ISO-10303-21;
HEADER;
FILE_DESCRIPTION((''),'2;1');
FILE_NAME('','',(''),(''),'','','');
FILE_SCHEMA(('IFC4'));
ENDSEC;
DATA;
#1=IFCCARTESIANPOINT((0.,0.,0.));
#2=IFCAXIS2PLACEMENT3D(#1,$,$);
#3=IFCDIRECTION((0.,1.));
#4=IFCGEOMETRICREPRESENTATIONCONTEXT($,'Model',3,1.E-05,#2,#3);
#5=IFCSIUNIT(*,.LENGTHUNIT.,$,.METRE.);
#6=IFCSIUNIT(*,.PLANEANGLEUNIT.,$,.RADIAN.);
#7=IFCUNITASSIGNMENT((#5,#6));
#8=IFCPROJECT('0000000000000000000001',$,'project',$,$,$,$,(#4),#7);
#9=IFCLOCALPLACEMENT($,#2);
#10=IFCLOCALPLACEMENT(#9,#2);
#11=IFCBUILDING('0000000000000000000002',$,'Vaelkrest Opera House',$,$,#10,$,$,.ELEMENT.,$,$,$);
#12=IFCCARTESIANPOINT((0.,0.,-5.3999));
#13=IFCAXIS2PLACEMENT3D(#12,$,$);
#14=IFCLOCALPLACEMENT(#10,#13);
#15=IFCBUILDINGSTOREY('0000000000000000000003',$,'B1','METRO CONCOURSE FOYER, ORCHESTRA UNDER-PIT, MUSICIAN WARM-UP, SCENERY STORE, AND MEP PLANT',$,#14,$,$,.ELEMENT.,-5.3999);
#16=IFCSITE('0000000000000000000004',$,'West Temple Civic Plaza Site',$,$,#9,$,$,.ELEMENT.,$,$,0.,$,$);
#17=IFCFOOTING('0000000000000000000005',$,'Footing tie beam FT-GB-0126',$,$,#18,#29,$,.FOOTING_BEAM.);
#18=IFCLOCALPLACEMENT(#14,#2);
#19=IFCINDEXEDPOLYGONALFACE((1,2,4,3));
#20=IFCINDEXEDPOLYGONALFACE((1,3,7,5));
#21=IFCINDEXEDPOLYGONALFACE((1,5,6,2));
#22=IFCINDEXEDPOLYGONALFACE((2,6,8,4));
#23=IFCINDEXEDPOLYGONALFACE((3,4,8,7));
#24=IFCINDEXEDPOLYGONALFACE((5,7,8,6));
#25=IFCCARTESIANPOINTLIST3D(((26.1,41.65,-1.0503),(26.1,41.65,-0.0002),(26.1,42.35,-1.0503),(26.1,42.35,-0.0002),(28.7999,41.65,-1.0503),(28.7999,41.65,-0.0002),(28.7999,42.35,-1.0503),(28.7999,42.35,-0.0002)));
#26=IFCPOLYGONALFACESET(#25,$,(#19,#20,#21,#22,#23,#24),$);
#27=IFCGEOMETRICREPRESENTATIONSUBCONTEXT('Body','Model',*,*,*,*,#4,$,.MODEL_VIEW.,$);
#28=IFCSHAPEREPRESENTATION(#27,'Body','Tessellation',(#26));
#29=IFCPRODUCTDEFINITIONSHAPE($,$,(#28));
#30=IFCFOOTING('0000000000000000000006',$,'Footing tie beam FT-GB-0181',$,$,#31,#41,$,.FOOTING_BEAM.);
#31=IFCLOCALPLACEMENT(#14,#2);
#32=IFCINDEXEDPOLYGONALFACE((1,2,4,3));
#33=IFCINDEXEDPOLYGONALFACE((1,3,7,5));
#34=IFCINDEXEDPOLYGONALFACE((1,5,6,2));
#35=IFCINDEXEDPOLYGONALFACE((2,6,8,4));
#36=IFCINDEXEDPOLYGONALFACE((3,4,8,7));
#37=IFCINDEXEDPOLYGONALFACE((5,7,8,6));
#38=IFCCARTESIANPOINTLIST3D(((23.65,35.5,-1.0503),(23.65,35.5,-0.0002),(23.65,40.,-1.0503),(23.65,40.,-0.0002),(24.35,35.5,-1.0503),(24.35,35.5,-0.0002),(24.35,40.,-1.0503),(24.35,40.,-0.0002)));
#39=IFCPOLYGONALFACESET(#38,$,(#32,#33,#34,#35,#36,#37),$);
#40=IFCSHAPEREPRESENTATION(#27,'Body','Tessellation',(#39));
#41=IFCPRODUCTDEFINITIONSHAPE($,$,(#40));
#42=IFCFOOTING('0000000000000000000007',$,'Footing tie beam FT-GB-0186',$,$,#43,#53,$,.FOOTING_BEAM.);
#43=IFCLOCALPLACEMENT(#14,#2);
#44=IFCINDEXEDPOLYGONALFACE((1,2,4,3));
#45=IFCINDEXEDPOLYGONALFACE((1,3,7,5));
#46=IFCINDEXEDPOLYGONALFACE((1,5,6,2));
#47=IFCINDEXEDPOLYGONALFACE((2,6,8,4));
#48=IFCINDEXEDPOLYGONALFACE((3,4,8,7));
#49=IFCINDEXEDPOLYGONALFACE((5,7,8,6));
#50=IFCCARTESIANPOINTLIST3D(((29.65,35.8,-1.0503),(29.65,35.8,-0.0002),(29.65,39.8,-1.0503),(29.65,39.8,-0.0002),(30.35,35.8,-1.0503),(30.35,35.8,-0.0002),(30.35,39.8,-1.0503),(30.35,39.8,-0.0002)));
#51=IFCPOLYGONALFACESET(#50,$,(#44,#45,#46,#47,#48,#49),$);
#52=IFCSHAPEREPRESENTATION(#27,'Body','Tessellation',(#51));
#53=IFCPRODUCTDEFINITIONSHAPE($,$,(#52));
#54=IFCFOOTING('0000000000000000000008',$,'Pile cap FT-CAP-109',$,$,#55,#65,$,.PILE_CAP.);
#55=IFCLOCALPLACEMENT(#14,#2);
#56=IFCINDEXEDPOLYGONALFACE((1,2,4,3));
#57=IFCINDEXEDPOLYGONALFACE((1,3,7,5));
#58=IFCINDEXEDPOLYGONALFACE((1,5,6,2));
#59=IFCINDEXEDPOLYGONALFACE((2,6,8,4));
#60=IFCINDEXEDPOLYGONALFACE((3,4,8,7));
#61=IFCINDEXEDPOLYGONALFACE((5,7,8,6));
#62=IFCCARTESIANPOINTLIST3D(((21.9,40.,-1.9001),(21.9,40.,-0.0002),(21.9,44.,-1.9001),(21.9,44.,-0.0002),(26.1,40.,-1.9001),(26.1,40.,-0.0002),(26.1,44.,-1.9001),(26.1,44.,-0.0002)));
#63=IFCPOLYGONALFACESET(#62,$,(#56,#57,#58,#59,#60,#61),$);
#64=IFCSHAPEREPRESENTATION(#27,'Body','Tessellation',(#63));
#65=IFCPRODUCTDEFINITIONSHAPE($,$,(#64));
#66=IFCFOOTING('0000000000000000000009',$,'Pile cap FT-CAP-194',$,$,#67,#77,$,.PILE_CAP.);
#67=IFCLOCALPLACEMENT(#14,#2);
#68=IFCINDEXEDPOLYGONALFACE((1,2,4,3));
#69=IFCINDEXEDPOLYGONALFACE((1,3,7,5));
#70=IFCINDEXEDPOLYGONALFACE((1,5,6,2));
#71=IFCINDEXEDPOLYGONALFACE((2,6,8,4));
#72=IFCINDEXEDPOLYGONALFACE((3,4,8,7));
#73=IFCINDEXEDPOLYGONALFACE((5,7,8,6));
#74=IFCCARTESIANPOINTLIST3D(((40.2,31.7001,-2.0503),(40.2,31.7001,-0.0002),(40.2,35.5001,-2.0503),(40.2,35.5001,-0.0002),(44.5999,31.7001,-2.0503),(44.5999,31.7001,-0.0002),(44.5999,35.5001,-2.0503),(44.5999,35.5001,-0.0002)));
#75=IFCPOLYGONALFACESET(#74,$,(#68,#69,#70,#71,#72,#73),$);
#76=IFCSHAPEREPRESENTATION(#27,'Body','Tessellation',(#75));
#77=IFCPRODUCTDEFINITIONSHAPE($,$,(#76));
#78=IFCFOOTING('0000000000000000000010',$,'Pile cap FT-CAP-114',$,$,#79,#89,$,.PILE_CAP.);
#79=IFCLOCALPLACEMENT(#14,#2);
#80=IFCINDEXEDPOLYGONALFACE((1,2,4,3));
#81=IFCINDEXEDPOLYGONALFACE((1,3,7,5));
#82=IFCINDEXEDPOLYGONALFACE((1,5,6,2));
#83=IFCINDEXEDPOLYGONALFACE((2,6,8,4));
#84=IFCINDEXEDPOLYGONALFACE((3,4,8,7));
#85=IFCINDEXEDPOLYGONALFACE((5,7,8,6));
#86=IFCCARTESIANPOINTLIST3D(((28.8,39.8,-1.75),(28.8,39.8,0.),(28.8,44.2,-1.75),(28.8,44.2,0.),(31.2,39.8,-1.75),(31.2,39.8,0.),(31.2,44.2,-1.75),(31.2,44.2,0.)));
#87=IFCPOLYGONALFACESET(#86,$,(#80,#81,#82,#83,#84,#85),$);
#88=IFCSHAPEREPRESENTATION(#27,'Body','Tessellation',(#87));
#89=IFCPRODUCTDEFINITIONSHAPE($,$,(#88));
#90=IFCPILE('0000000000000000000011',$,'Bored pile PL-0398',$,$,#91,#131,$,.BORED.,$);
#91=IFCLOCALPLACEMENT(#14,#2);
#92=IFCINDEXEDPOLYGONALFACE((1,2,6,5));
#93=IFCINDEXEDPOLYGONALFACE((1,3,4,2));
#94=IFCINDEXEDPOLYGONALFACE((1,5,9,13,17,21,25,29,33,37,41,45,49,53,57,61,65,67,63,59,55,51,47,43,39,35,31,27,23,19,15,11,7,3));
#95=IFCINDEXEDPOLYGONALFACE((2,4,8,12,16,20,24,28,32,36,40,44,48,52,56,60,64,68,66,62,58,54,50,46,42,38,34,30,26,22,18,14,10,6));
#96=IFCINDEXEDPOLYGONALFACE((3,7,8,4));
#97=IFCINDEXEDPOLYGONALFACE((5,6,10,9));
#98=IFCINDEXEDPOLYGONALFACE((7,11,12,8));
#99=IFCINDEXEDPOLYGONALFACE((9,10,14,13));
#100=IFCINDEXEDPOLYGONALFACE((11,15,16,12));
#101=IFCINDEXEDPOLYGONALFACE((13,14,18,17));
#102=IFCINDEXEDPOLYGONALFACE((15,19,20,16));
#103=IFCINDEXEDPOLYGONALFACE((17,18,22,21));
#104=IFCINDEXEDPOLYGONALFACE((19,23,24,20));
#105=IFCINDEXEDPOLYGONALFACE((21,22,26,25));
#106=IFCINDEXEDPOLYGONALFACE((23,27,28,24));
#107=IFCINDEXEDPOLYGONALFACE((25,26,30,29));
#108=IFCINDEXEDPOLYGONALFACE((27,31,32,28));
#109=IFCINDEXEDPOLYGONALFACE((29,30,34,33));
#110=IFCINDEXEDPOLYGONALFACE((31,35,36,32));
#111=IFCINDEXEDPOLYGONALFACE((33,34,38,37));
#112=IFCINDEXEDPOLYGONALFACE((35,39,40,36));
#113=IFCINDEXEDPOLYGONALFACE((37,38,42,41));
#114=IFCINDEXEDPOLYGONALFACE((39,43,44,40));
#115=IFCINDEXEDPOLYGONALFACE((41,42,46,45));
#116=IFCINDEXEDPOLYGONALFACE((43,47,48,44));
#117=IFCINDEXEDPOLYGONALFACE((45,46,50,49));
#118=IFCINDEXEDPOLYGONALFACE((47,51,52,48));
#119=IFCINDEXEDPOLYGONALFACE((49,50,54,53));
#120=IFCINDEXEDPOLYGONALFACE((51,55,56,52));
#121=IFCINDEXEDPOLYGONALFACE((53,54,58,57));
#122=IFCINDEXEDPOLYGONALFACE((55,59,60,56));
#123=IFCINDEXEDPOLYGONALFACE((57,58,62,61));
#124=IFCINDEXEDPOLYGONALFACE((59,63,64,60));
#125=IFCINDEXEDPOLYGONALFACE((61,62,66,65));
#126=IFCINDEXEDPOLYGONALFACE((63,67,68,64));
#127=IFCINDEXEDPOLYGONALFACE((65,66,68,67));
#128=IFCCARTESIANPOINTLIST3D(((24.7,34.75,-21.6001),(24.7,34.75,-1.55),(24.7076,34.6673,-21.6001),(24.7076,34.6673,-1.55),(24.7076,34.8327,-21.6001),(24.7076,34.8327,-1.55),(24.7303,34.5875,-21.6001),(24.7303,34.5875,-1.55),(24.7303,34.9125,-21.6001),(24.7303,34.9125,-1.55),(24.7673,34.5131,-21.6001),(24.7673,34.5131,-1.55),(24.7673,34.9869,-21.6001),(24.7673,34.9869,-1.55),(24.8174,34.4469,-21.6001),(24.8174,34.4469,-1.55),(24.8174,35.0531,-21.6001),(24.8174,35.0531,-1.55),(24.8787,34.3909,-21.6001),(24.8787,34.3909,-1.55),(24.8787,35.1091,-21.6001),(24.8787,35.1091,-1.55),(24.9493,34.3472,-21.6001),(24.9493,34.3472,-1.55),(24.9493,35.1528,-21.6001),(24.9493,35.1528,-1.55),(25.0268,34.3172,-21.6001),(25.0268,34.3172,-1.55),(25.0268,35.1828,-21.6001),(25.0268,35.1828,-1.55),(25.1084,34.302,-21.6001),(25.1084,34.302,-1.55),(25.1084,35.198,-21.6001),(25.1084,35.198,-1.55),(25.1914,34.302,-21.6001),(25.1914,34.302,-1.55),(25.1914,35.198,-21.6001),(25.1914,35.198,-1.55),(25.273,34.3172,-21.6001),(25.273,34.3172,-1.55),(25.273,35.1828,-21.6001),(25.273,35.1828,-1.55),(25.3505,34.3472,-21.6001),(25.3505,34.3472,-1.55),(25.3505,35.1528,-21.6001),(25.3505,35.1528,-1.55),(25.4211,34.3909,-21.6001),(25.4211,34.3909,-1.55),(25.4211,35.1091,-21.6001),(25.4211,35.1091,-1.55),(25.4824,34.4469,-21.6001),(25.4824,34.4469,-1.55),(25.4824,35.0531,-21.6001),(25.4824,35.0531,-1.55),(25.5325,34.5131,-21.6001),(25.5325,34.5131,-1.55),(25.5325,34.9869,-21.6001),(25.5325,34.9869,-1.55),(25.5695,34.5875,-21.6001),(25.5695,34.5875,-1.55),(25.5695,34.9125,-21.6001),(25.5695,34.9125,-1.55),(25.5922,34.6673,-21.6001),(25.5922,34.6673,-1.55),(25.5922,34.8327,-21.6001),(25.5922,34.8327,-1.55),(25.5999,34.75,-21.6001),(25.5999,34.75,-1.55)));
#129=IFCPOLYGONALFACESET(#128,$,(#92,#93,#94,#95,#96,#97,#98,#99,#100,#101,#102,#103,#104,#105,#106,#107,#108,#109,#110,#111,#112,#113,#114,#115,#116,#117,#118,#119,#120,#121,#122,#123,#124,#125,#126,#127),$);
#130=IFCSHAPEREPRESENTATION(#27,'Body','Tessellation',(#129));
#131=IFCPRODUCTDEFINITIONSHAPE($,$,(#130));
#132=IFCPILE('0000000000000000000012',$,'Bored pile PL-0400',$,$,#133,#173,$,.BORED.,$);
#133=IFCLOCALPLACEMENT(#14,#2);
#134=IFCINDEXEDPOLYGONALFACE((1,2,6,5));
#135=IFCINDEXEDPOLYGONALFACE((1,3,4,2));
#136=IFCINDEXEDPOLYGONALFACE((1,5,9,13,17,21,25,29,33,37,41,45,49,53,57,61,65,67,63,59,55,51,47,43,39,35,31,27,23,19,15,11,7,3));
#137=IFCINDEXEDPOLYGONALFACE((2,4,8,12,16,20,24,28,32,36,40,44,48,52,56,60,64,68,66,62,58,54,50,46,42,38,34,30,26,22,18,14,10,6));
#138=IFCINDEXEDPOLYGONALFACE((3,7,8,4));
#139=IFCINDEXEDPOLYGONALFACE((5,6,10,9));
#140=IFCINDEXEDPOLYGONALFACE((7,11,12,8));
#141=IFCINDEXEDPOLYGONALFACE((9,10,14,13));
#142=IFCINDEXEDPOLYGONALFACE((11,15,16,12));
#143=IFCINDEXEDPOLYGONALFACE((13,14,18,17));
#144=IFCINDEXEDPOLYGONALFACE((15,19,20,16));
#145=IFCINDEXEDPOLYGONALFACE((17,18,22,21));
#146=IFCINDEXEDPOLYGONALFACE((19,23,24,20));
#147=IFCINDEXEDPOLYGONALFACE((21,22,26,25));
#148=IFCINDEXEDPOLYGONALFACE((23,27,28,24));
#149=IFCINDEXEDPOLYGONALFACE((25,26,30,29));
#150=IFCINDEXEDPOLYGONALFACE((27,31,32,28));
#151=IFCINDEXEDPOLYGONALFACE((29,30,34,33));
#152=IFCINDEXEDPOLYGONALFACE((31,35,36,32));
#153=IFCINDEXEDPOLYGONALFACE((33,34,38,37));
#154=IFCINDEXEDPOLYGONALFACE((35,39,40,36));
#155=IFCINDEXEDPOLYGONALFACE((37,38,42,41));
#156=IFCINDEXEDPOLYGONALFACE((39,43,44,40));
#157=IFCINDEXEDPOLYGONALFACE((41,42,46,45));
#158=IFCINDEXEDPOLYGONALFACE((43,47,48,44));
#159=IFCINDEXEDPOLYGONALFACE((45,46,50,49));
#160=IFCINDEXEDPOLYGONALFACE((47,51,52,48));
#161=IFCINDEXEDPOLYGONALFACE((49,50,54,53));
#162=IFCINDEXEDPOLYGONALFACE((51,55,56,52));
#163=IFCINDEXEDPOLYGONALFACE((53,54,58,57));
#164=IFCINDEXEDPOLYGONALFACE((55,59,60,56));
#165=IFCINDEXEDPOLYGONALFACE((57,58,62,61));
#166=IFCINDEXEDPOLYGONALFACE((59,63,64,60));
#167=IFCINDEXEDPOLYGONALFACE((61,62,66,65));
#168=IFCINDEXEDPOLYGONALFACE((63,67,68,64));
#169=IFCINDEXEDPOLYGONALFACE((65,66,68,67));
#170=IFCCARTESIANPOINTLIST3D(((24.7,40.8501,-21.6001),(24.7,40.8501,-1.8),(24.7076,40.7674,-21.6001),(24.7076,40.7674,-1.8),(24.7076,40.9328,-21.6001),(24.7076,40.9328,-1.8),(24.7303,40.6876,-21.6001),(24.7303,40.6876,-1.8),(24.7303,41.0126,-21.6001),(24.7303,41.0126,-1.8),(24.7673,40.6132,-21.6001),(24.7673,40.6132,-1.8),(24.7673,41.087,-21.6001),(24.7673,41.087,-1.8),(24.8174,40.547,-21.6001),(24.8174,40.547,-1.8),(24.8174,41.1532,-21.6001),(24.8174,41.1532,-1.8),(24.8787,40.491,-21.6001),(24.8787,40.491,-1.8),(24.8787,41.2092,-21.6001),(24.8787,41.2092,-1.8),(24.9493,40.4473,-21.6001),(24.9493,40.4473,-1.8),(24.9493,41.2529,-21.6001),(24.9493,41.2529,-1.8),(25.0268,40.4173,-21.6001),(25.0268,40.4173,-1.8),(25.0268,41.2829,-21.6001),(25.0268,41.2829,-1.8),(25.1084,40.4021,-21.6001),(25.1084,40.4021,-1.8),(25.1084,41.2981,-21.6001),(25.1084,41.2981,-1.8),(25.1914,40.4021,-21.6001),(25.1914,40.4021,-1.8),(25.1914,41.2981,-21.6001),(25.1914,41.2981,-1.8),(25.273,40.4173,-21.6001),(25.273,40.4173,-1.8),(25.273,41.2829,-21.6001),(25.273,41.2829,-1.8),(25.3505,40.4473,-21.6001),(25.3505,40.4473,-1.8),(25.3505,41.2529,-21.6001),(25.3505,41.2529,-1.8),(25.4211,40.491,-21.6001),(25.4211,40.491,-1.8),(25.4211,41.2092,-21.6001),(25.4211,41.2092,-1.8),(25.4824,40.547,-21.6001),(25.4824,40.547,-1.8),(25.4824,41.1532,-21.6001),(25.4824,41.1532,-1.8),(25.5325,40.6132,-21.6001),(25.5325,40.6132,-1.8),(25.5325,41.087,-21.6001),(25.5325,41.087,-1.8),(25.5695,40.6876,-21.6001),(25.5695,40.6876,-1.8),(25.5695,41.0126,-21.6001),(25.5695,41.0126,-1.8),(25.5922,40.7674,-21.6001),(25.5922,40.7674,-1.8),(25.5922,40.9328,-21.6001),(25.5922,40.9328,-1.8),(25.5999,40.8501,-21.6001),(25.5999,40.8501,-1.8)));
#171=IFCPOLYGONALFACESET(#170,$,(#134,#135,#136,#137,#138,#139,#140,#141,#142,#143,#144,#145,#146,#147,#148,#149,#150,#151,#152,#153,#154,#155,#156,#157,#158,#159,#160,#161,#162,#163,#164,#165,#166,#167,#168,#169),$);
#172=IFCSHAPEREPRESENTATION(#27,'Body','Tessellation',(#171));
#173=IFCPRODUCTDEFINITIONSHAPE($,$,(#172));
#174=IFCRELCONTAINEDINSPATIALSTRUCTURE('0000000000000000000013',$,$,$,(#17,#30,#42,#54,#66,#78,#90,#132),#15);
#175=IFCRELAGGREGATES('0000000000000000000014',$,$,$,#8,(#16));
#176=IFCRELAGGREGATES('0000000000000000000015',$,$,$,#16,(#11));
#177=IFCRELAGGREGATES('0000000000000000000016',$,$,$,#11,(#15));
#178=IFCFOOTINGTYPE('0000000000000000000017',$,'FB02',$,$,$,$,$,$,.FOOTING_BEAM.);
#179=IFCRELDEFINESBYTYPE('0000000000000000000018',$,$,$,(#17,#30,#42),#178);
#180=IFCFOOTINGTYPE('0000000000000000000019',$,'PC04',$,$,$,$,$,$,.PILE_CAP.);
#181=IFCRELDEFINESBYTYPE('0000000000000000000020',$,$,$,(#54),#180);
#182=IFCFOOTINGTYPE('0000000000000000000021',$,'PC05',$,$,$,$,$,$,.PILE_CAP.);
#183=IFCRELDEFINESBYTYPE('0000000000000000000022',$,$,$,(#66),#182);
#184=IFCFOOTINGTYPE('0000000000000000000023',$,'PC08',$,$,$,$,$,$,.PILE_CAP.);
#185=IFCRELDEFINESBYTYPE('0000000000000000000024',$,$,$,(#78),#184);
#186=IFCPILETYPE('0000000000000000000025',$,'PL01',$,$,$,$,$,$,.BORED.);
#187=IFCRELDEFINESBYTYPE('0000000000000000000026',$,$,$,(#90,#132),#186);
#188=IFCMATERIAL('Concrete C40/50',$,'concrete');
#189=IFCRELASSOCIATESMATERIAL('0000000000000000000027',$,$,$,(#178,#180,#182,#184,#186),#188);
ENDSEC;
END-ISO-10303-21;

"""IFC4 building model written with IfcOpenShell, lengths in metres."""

from ifc_helpers import new_model, si_unit, direction, frame, origin, origin_2d, place, context, subcontext, project, spatial, rectangle, circle, extrude, material, material_profile, profile_set, type_object, element, save


model = new_model("IFC4")

# Units and contexts
model_context = context("Model", 3, precision=1e-05, world=origin(), true_north=direction((0.0, 1.0)))
body_context = subcontext(model_context, "Body", "Model", "MODEL_VIEW")
ifc_project = project(units=[si_unit("LENGTHUNIT", "METRE"), si_unit("PLANEANGLEUNIT", "RADIAN")], contexts=[model_context])

# Site, building, storey
site_placement = place(None, origin())
site = spatial("IfcSite", under=ifc_project, at=site_placement, Name="West Temple Civic Plaza Site", CompositionType="ELEMENT", RefElevation=0.0)
building_placement = place(site_placement, origin())
building = spatial("IfcBuilding", under=site, at=building_placement, Name="Vaelkrest Opera House", CompositionType="ELEMENT")
storey_placement = place(building_placement, frame((0.0, 0.0, -5.3999)))
storey = spatial("IfcBuildingStorey", under=building, at=storey_placement, Name="B1", Description="METRO CONCOURSE FOYER, ORCHESTRA UNDER-PIT, MUSICIAN WARM-UP, SCENERY STORE, AND MEP PLANT", CompositionType="ELEMENT", Elevation=-5.3999)

# Footings
ifc_material_1 = material(Name="Concrete C40/50", Category="concrete")
footing_type_1 = type_object("IfcFootingType", Name="FB02", PredefinedType="FOOTING_BEAM", material=ifc_material_1)
footing_1_placement = place(storey_placement, frame((27.45, 42.0, -1.0503), z_axis=(0.0, 0.0, 1.0), x_axis=(1.0, 0.0, 0.0)))
element("IfcFooting", 1, at=footing_1_placement, inside=storey, type_object=footing_type_1, Name="Footing tie beam FT-GB-0126", PredefinedType="FOOTING_BEAM", context=body_context, shape_type="SweptSolid", body=[
    extrude(rectangle(XDim=2.7, YDim=0.7, at=origin_2d()), origin(), (0.0, 0.0, 1.0), 1.05),
])
footing_2_placement = place(storey_placement, frame((24.0, 37.75, -1.0503), z_axis=(0.0, 0.0, 1.0), x_axis=(0.0, 1.0, 0.0)))
element("IfcFooting", 2, at=footing_2_placement, inside=storey, type_object=footing_type_1, Name="Footing tie beam FT-GB-0181", PredefinedType="FOOTING_BEAM", context=body_context, shape_type="SweptSolid", body=[
    extrude(rectangle(XDim=4.5, YDim=0.7, at=origin_2d()), origin(), (0.0, 0.0, 1.0), 1.05),
])
footing_3_placement = place(storey_placement, frame((30.0, 37.8, -1.0503), z_axis=(0.0, 0.0, 1.0), x_axis=(0.0, 1.0, 0.0)))
element("IfcFooting", 3, at=footing_3_placement, inside=storey, type_object=footing_type_1, Name="Footing tie beam FT-GB-0186", PredefinedType="FOOTING_BEAM", context=body_context, shape_type="SweptSolid", body=[
    extrude(rectangle(XDim=4.0, YDim=0.7, at=origin_2d()), origin(), (0.0, 0.0, 1.0), 1.05),
])
footing_type_2 = type_object("IfcFootingType", Name="PC04", PredefinedType="PILE_CAP", material=ifc_material_1)
footing_4_placement = place(storey_placement, frame((24.0, 42.0, -1.9001), z_axis=(0.0, 0.0, 1.0), x_axis=(1.0, 0.0, 0.0)))
element("IfcFooting", 4, at=footing_4_placement, inside=storey, type_object=footing_type_2, Name="Pile cap FT-CAP-109", PredefinedType="PILE_CAP", context=body_context, shape_type="SweptSolid", body=[
    extrude(rectangle(XDim=4.2, YDim=4.0, at=origin_2d()), origin(), (0.0, 0.0, 1.0), 1.8999),
])
footing_type_3 = type_object("IfcFootingType", Name="PC05", PredefinedType="PILE_CAP", material=ifc_material_1)
footing_5_placement = place(storey_placement, frame((42.3999, 33.6001, -2.0503), z_axis=(0.0, 0.0, 1.0), x_axis=(1.0, 0.0, 0.0)))
element("IfcFooting", 5, at=footing_5_placement, inside=storey, type_object=footing_type_3, Name="Pile cap FT-CAP-194", PredefinedType="PILE_CAP", context=body_context, shape_type="SweptSolid", body=[
    extrude(rectangle(XDim=4.3999, YDim=3.8, at=origin_2d()), origin(), (0.0, 0.0, 1.0), 2.05),
])
footing_type_4 = type_object("IfcFootingType", Name="PC08", PredefinedType="PILE_CAP", material=ifc_material_1)
footing_6_placement = place(storey_placement, frame((30.0, 42.0, -1.75), z_axis=(0.0, 0.0, 1.0), x_axis=(1.0, 0.0, 0.0)))
element("IfcFooting", 6, at=footing_6_placement, inside=storey, type_object=footing_type_4, Name="Pile cap FT-CAP-114", PredefinedType="PILE_CAP", context=body_context, shape_type="SweptSolid", body=[
    extrude(rectangle(XDim=2.3999, YDim=4.3999, at=origin_2d()), origin(), (0.0, 0.0, 1.0), 1.75),
])

# Piles
ifc_material_profile_1 = material_profile(ifc_material_1, circle(Radius=0.45, at=origin_2d()), Name="PILE900")
ifc_profile_set_1 = profile_set([ifc_material_profile_1], Name="Concrete C40/50")
pile_type = type_object("IfcPileType", Name="PL01", PredefinedType="BORED", material=ifc_profile_set_1)
pile_1_placement = place(storey_placement, frame((25.1499, 34.75, -1.55), z_axis=(0.0, 0.0, -1.0), x_axis=(1.0, 0.0, 0.0)))
element("IfcPile", 7, at=pile_1_placement, inside=storey, type_object=pile_type, Name="Bored pile PL-0398", PredefinedType="BORED", context=body_context, shape_type="SweptSolid", body=[
    extrude(circle(Radius=0.45, at=origin_2d()), origin(), (0.0, 0.0, 1.0), 20.05),
])
for number, where, z_axis, x_axis, name in (
    (8, (25.1499, 40.8501, -1.8), (0.0, 0.0, -1.0), (1.0, 0.0, 0.0), "Bored pile PL-0400"),
):
    element("IfcPile", number, at=place(storey_placement, frame(where, z_axis=z_axis, x_axis=x_axis)), inside=storey, type_object=pile_type, Name=name, PredefinedType="BORED", context=body_context, shape_type="SweptSolid", body=[
        extrude(circle(Radius=0.45, at=origin_2d()), origin(), (0.0, 0.0, 1.0), 19.8),
    ])

save(model, "model.ifc")
